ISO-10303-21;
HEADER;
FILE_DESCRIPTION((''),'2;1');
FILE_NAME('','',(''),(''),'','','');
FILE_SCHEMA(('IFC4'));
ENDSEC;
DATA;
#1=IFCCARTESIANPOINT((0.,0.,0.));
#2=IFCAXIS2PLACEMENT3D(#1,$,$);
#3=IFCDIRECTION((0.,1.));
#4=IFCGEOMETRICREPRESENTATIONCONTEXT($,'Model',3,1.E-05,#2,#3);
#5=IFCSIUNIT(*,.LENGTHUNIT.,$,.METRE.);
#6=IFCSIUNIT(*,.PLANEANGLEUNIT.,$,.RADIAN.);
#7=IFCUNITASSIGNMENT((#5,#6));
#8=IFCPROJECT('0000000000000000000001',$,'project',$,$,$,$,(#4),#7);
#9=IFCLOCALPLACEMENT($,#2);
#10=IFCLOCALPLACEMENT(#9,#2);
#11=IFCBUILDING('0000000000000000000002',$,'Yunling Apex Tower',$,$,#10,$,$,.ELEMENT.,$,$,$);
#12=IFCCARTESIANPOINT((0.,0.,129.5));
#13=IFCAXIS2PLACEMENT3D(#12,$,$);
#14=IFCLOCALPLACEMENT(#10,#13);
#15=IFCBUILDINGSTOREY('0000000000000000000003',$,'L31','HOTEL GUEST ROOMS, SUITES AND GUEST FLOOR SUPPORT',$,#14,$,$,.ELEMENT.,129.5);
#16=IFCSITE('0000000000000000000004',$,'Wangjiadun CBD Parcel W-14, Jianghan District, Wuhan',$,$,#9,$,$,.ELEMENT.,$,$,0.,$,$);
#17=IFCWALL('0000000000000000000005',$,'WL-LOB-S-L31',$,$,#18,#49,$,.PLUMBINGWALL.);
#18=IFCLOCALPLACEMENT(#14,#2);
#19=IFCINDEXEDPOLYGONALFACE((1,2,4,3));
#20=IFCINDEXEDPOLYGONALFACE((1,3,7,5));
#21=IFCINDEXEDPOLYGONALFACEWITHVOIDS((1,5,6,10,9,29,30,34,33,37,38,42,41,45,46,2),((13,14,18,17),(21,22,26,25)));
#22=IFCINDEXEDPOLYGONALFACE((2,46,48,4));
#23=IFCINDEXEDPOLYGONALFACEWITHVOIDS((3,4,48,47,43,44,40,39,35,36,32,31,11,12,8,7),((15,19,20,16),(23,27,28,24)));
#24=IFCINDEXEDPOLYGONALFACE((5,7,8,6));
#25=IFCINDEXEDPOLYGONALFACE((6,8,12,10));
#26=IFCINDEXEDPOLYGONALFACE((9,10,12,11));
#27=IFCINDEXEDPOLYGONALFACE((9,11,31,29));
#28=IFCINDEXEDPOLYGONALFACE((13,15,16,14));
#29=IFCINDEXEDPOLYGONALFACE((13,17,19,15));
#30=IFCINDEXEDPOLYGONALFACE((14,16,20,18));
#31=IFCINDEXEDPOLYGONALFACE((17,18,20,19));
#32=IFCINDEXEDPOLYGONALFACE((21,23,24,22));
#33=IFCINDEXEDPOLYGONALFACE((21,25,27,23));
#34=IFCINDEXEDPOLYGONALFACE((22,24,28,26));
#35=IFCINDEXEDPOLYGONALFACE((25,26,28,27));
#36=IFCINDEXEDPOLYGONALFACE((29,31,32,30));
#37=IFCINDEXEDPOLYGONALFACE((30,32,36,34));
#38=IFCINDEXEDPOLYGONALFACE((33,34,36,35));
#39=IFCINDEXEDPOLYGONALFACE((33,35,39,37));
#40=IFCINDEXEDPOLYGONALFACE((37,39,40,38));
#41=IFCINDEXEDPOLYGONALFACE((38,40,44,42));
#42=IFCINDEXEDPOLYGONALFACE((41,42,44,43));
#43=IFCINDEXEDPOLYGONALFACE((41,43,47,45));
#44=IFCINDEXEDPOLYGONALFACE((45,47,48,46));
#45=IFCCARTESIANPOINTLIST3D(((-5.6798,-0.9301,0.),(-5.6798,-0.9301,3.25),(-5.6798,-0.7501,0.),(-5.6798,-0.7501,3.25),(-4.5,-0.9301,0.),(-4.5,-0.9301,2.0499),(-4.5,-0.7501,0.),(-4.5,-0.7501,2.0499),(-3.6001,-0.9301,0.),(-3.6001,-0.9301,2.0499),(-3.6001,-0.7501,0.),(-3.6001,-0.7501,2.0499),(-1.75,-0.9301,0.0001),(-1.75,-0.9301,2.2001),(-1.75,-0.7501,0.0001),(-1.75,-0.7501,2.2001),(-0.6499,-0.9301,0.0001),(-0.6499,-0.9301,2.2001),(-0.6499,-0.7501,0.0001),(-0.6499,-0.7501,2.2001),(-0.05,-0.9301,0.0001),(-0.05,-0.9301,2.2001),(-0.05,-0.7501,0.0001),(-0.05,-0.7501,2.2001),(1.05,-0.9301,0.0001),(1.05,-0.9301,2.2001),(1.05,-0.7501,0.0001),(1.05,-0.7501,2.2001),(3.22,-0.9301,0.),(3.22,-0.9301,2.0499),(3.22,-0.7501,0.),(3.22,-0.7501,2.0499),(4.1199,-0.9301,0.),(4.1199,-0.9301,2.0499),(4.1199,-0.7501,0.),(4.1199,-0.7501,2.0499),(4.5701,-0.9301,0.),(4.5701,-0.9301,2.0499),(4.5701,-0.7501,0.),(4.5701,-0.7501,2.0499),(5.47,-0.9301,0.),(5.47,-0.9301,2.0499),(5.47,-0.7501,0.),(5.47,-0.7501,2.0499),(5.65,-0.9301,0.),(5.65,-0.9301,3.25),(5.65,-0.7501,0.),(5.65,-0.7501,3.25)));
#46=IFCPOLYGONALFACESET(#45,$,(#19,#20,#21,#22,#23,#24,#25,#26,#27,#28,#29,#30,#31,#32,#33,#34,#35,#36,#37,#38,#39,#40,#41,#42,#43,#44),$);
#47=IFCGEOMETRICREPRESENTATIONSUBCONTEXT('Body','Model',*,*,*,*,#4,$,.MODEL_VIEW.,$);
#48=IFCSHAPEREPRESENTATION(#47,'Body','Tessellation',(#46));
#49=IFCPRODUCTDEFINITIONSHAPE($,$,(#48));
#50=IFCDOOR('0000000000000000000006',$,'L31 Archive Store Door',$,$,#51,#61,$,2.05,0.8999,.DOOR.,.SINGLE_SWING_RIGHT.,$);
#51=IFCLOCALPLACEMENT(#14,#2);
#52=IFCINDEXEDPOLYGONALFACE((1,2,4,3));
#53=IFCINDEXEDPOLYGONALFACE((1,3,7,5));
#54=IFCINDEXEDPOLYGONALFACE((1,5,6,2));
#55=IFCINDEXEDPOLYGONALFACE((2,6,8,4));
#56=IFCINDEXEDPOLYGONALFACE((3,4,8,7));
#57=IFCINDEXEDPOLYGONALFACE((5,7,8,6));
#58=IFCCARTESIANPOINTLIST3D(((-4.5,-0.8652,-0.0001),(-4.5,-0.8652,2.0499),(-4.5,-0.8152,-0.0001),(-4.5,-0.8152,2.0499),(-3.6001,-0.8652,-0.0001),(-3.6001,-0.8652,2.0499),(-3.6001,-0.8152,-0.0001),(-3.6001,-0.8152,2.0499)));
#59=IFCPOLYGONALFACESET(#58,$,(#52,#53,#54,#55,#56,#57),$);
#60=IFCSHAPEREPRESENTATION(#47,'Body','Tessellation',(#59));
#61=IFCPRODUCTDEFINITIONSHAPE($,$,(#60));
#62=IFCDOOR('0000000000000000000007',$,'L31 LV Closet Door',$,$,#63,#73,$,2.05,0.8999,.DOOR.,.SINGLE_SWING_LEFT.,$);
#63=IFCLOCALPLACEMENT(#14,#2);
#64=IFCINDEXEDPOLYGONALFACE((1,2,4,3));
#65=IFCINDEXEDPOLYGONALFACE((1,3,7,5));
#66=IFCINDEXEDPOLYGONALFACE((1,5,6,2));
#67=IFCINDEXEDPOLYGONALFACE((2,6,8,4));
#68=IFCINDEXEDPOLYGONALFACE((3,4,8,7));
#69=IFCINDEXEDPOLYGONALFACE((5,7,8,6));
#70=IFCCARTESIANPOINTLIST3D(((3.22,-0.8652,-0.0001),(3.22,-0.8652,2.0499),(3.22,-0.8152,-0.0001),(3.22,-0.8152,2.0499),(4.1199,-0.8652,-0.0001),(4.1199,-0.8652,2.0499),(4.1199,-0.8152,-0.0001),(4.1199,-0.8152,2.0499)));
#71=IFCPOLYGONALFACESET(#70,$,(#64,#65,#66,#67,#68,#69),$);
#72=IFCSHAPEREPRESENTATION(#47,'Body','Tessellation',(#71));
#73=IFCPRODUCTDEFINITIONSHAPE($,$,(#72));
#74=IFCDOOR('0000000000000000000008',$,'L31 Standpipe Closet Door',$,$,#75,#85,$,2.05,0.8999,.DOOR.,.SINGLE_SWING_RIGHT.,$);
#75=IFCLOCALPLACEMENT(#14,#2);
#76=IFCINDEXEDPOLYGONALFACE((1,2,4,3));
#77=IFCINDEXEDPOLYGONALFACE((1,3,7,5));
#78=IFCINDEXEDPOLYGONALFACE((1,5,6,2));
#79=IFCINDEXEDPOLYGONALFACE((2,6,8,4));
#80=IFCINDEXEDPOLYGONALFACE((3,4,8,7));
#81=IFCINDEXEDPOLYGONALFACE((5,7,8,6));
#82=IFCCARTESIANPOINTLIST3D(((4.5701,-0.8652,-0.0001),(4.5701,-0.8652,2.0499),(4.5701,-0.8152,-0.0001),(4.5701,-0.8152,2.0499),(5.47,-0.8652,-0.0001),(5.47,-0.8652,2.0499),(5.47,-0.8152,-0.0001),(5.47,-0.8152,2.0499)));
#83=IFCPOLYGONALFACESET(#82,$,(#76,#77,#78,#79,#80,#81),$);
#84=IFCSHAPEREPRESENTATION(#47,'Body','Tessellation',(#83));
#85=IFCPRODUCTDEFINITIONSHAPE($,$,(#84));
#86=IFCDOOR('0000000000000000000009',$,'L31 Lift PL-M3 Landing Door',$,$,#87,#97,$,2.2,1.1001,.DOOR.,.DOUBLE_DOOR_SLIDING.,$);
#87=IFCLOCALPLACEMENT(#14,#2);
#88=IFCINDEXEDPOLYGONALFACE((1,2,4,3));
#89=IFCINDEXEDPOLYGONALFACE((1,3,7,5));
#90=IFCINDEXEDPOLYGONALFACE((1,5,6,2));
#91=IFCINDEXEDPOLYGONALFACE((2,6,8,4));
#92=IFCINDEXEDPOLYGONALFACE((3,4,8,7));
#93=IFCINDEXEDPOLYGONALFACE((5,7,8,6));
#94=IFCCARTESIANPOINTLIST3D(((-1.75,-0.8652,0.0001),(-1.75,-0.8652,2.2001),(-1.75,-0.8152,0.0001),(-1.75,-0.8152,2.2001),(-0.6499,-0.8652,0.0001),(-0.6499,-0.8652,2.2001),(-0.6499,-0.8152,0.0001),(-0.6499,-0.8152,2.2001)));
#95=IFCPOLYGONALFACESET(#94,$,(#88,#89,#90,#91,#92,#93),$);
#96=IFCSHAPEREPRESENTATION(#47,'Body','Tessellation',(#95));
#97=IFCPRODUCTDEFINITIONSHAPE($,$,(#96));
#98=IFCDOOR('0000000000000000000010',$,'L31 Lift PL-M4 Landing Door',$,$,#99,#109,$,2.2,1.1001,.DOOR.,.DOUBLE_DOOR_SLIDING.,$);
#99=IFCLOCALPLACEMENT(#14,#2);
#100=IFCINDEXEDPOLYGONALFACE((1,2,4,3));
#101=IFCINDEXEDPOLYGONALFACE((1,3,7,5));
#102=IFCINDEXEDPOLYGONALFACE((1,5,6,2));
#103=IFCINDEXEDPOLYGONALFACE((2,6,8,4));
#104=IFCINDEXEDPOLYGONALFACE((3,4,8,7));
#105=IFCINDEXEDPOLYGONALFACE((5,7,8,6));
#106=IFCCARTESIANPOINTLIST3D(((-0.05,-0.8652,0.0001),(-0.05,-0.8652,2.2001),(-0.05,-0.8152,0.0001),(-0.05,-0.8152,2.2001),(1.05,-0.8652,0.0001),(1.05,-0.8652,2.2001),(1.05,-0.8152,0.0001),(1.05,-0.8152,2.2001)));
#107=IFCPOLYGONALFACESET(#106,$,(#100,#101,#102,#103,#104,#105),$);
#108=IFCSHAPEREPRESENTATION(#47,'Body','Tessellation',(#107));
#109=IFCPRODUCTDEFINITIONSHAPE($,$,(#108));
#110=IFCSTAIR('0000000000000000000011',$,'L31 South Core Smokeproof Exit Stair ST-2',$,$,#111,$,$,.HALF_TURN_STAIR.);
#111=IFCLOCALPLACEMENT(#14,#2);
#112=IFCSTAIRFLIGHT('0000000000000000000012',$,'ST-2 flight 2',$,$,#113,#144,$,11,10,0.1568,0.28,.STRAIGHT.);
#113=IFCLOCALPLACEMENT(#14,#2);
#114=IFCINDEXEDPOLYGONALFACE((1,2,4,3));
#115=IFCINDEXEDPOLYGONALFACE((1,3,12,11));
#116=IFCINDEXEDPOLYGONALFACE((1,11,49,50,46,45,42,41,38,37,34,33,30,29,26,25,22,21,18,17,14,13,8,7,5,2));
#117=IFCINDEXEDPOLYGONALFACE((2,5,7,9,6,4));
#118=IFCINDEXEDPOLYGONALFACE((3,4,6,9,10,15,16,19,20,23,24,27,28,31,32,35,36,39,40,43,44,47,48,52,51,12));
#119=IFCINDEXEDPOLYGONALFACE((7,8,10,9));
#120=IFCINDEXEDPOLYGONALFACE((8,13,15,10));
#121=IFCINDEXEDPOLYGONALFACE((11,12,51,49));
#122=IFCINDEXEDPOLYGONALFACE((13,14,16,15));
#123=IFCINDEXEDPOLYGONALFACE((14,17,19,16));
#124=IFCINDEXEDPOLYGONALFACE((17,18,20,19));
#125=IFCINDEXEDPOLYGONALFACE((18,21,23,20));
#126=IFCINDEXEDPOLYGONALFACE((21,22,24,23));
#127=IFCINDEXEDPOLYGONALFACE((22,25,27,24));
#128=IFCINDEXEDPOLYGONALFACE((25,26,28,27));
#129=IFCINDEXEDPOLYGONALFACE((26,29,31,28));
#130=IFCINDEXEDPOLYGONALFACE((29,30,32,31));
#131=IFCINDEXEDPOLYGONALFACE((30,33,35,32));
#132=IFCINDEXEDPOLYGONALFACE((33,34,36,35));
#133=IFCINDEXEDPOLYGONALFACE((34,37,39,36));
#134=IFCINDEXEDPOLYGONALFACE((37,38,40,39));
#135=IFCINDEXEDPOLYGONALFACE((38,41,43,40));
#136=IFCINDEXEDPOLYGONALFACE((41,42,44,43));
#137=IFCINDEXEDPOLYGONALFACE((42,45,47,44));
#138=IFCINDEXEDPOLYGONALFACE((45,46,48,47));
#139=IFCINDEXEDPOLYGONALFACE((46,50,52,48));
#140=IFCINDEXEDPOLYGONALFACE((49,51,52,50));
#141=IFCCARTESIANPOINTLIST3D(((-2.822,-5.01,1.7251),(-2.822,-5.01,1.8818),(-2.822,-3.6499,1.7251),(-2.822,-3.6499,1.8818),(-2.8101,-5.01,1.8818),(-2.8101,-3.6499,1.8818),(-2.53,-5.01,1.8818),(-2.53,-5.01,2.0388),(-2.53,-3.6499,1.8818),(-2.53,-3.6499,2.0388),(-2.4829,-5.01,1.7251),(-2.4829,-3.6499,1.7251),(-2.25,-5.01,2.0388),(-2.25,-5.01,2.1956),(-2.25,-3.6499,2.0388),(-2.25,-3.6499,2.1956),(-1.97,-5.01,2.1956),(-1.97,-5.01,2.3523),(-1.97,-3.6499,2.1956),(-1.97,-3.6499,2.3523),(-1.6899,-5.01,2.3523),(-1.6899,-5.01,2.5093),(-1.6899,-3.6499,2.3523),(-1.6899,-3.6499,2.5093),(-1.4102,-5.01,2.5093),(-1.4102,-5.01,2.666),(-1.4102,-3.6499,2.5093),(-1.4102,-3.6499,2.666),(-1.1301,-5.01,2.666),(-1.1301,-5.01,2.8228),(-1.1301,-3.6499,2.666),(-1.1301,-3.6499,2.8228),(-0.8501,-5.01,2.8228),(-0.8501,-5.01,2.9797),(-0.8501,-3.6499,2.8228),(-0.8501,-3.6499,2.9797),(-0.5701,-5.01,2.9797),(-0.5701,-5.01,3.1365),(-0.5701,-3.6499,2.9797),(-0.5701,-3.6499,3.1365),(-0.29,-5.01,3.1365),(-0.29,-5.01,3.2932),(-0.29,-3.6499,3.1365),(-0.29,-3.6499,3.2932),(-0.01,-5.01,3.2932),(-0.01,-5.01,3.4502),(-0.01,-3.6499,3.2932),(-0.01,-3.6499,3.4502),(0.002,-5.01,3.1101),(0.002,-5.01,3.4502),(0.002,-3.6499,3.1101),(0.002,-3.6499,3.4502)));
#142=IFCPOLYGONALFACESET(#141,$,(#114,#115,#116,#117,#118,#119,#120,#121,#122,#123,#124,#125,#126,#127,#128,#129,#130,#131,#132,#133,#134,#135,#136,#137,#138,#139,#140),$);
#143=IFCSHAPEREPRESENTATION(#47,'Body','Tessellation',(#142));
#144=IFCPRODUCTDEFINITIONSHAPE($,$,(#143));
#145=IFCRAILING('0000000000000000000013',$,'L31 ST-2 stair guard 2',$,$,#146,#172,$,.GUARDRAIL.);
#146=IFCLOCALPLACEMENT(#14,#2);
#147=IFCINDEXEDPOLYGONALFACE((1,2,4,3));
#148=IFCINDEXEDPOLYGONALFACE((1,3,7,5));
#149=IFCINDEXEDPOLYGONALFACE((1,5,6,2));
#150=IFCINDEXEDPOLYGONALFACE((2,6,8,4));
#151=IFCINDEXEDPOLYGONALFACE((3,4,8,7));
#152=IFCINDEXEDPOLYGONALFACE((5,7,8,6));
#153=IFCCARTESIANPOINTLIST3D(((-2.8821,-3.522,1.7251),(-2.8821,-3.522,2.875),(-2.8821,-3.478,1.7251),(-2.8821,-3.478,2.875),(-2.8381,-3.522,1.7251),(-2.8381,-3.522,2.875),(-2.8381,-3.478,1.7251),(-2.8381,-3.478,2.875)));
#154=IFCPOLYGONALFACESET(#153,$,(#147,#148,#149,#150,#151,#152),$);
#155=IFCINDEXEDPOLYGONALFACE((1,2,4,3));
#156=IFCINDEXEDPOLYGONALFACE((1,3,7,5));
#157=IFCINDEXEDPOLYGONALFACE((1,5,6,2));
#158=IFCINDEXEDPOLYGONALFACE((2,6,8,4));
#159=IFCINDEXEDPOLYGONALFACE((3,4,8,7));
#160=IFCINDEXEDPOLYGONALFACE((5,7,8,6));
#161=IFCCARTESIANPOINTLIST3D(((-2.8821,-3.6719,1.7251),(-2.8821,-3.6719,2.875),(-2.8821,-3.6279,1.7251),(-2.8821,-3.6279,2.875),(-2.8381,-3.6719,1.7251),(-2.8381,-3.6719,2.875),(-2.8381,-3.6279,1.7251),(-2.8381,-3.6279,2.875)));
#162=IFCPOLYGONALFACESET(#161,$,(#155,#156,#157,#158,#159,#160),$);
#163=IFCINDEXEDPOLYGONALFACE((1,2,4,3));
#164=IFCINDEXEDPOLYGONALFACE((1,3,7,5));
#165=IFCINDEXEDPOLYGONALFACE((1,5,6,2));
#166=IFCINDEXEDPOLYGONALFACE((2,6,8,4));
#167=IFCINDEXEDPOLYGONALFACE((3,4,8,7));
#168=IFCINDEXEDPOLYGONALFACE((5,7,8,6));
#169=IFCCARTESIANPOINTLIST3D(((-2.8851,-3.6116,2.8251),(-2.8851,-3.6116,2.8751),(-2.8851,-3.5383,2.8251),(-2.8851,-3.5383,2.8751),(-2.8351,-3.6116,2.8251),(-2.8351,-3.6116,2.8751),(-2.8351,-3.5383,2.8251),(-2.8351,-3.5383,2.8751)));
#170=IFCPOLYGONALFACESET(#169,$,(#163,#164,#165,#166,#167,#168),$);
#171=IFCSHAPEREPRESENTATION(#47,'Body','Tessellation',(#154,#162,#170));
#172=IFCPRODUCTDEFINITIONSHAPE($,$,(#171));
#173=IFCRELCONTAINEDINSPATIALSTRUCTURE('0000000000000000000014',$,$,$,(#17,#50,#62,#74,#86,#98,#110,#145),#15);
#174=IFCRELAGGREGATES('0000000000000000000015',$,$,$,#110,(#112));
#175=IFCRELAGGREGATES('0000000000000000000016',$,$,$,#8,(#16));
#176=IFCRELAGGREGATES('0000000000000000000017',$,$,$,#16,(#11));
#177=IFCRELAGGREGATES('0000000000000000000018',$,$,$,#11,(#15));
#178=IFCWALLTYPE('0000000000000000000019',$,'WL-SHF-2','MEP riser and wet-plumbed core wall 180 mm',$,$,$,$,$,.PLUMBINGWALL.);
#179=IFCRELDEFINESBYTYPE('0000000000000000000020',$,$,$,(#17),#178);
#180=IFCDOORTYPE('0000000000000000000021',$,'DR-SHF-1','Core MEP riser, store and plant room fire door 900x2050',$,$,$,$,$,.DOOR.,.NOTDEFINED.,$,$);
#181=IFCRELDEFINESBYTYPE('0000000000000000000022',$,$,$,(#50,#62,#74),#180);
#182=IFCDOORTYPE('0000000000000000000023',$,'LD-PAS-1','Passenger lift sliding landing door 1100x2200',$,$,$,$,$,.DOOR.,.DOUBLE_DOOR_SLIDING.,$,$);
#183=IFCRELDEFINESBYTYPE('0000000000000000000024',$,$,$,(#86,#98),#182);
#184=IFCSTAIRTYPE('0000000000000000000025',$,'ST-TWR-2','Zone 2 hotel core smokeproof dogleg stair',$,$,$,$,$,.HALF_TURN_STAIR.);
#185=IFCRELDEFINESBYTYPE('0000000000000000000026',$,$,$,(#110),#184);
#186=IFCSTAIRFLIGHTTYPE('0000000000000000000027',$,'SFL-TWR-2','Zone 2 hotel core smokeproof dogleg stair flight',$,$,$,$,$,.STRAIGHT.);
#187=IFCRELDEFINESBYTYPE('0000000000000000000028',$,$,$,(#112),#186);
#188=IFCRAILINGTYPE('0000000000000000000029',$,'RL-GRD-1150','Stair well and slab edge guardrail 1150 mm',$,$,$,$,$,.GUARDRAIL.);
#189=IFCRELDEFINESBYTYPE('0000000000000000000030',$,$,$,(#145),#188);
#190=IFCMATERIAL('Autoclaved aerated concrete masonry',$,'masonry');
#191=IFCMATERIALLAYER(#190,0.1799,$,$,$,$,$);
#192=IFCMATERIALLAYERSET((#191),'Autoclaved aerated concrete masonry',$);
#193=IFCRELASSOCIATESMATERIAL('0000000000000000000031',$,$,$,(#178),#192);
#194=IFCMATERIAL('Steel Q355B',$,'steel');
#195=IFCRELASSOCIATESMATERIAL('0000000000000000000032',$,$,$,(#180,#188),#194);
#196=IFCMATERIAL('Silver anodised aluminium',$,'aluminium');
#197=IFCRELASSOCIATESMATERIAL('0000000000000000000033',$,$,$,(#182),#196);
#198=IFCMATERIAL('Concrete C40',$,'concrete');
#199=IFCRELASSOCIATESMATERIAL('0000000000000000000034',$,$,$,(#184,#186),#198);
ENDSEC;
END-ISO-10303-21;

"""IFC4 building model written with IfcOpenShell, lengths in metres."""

from ifc_helpers import new_model, si_unit, direction, frame, frame_2d, origin, origin_2d, place, context, subcontext, project, spatial, polyline, rectangle, outline, extrude, material, layer, layer_set, type_object, element, fill, aggregate, save


model = new_model("IFC4")

# Units and contexts
model_context = context("Model", 3, precision=1e-05, world=origin(), true_north=direction((0.0, 1.0)))
body_context = subcontext(model_context, "Body", "Model", "MODEL_VIEW")
ifc_project = project(units=[si_unit("LENGTHUNIT", "METRE"), si_unit("PLANEANGLEUNIT", "RADIAN")], contexts=[model_context])

# Site, building, storey
site_placement = place(None, origin())
site = spatial("IfcSite", under=ifc_project, at=site_placement, Name="Wangjiadun CBD Parcel W-14, Jianghan District, Wuhan", CompositionType="ELEMENT", RefElevation=0.0)
building_placement = place(site_placement, origin())
building = spatial("IfcBuilding", under=site, at=building_placement, Name="Yunling Apex Tower", CompositionType="ELEMENT")
storey_placement = place(building_placement, frame((0.0, 0.0, 129.5)))
storey = spatial("IfcBuildingStorey", under=building, at=storey_placement, Name="L31", Description="HOTEL GUEST ROOMS, SUITES AND GUEST FLOOR SUPPORT", CompositionType="ELEMENT", Elevation=129.5)

# Shared definitions
ifc_material_1 = material(Name="Steel Q355B", Category="steel")

# Shared definitions
ifc_material_2 = material(Name="Concrete C40", Category="concrete")

# Shared definitions
ifc_material_3 = material(Name="Autoclaved aerated concrete masonry", Category="masonry")

# Shared definitions
ifc_layer_1 = layer(ifc_material_3, 0.1799)
ifc_layer_set_1 = layer_set([ifc_layer_1], Name="Autoclaved aerated concrete masonry")
wall_type_1 = type_object("IfcWallType", Name="WL-SHF-2", Description="MEP riser and wet-plumbed core wall 180 mm", PredefinedType="PLUMBINGWALL", material=ifc_layer_set_1)

# Wall, openings, doors
wall_1_placement = place(storey_placement, frame((-5.6799, -0.8401, 0.0), z_axis=(0.0, 0.0, 1.0), x_axis=(1.0, 0.0, 0.0)))
wall_1 = element("IfcWall", 1, at=wall_1_placement, inside=storey, type_object=wall_type_1, Name="WL-LOB-S-L31", PredefinedType="PLUMBINGWALL", context=body_context, shape_type="SweptSolid", body=[
    extrude(rectangle(XDim=11.3298, YDim=0.1799, at=frame_2d((5.665, 0.0))), origin(), (0.0, 0.0, 1.0), 3.25),
])
opening_1_placement = place(wall_1_placement, frame((1.1799, 0.0, 0.0)))
opening_1 = element("IfcOpeningElement", 2, at=opening_1_placement, cuts=wall_1, PredefinedType="OPENING", context=body_context, shape_type="SweptSolid", body=[
    extrude(rectangle(XDim=0.8999, YDim=2.05, at=frame_2d((0.45, 1.0249))), frame((0.0, 0.1001, 0.0), z_axis=(0.0, -1.0, 0.0), x_axis=(1.0, 0.0, 0.0)), (0.0, 0.0, 1.0), 0.2),
])
opening_2_placement = place(wall_1_placement, frame((3.9299, 0.0, 0.0)))
opening_2 = element("IfcOpeningElement", 3, at=opening_2_placement, cuts=wall_1, PredefinedType="OPENING", context=body_context, shape_type="SweptSolid", body=[
    extrude(rectangle(XDim=1.1001, YDim=2.2, at=frame_2d((0.55, 1.1001))), frame((0.0, 0.1001, 0.0), z_axis=(0.0, -1.0, 0.0), x_axis=(1.0, 0.0, 0.0)), (0.0, 0.0, 1.0), 0.2),
])
opening_3_placement = place(wall_1_placement, frame((5.6299, 0.0, 0.0)))
opening_3 = element("IfcOpeningElement", 4, at=opening_3_placement, cuts=wall_1, PredefinedType="OPENING", context=body_context, shape_type="SweptSolid", body=[
    extrude(rectangle(XDim=1.1001, YDim=2.2, at=frame_2d((0.55, 1.1001))), frame((0.0, 0.1001, 0.0), z_axis=(0.0, -1.0, 0.0), x_axis=(1.0, 0.0, 0.0)), (0.0, 0.0, 1.0), 0.2),
])
opening_4_placement = place(wall_1_placement, frame((8.8999, 0.0, 0.0)))
opening_4 = element("IfcOpeningElement", 5, at=opening_4_placement, cuts=wall_1, PredefinedType="OPENING", context=body_context, shape_type="SweptSolid", body=[
    extrude(rectangle(XDim=0.8999, YDim=2.05, at=frame_2d((0.45, 1.0249))), frame((0.0, 0.1001, 0.0), z_axis=(0.0, -1.0, 0.0), x_axis=(1.0, 0.0, 0.0)), (0.0, 0.0, 1.0), 0.2),
])
opening_5_placement = place(wall_1_placement, frame((10.25, 0.0, 0.0)))
opening_5 = element("IfcOpeningElement", 6, at=opening_5_placement, cuts=wall_1, PredefinedType="OPENING", context=body_context, shape_type="SweptSolid", body=[
    extrude(rectangle(XDim=0.8999, YDim=2.05, at=frame_2d((0.45, 1.0249))), frame((0.0, 0.1001, 0.0), z_axis=(0.0, -1.0, 0.0), x_axis=(1.0, 0.0, 0.0)), (0.0, 0.0, 1.0), 0.2),
])
door_type_1 = type_object("IfcDoorType", Name="DR-SHF-1", Description="Core MEP riser, store and plant room fire door 900x2050", OperationType="NOTDEFINED", PredefinedType="DOOR", material=ifc_material_1)
door_1_placement = place(opening_1_placement, origin())
door_1 = element("IfcDoor", 7, at=door_1_placement, inside=storey, type_object=door_type_1, Name="L31 Archive Store Door", OperationType="SINGLE_SWING_RIGHT", OverallHeight=2.05, OverallWidth=0.8999, PredefinedType="DOOR", context=body_context, shape_type="SweptSolid", body=[
    extrude(rectangle(XDim=0.8999, YDim=2.05, at=frame_2d((0.45, 1.0249))), frame((0.0, 0.0249, 0.0), z_axis=(0.0, -1.0, 0.0), x_axis=(1.0, 0.0, 0.0)), (0.0, 0.0, 1.0), 0.05),
])
fill(opening_1, door_1)
door_2_placement = place(opening_4_placement, origin())
door_2 = element("IfcDoor", 8, at=door_2_placement, inside=storey, type_object=door_type_1, Name="L31 LV Closet Door", OperationType="SINGLE_SWING_LEFT", OverallHeight=2.05, OverallWidth=0.8999, PredefinedType="DOOR", context=body_context, shape_type="SweptSolid", body=[
    extrude(rectangle(XDim=0.8999, YDim=2.05, at=frame_2d((0.45, 1.0249))), frame((0.0, 0.0249, 0.0), z_axis=(0.0, -1.0, 0.0), x_axis=(1.0, 0.0, 0.0)), (0.0, 0.0, 1.0), 0.05),
])
fill(opening_4, door_2)
door_3_placement = place(opening_5_placement, origin())
door_3 = element("IfcDoor", 9, at=door_3_placement, inside=storey, type_object=door_type_1, Name="L31 Standpipe Closet Door", OperationType="SINGLE_SWING_RIGHT", OverallHeight=2.05, OverallWidth=0.8999, PredefinedType="DOOR", context=body_context, shape_type="SweptSolid", body=[
    extrude(rectangle(XDim=0.8999, YDim=2.05, at=frame_2d((0.45, 1.0249))), frame((0.0, 0.0249, 0.0), z_axis=(0.0, -1.0, 0.0), x_axis=(1.0, 0.0, 0.0)), (0.0, 0.0, 1.0), 0.05),
])
fill(opening_5, door_3)
ifc_material_4 = material(Name="Silver anodised aluminium", Category="aluminium")
door_type_2 = type_object("IfcDoorType", Name="LD-PAS-1", Description="Passenger lift sliding landing door 1100x2200", OperationType="DOUBLE_DOOR_SLIDING", PredefinedType="DOOR", material=ifc_material_4)
door_4_placement = place(opening_2_placement, origin())
door_4 = element("IfcDoor", 10, at=door_4_placement, inside=storey, type_object=door_type_2, Name="L31 Lift PL-M3 Landing Door", OperationType="DOUBLE_DOOR_SLIDING", OverallHeight=2.2, OverallWidth=1.1001, PredefinedType="DOOR", context=body_context, shape_type="SweptSolid", body=[
    extrude(rectangle(XDim=1.1001, YDim=2.2, at=frame_2d((0.55, 1.1001))), frame((0.0, 0.0249, 0.0), z_axis=(0.0, -1.0, 0.0), x_axis=(1.0, 0.0, 0.0)), (0.0, 0.0, 1.0), 0.05),
])
fill(opening_2, door_4)
door_5_placement = place(opening_3_placement, origin())
door_5 = element("IfcDoor", 11, at=door_5_placement, inside=storey, type_object=door_type_2, Name="L31 Lift PL-M4 Landing Door", OperationType="DOUBLE_DOOR_SLIDING", OverallHeight=2.2, OverallWidth=1.1001, PredefinedType="DOOR", context=body_context, shape_type="SweptSolid", body=[
    extrude(rectangle(XDim=1.1001, YDim=2.2, at=frame_2d((0.55, 1.1001))), frame((0.0, 0.0249, 0.0), z_axis=(0.0, -1.0, 0.0), x_axis=(1.0, 0.0, 0.0)), (0.0, 0.0, 1.0), 0.05),
])
fill(opening_3, door_5)

# Stair, stair flight
stair_type = type_object("IfcStairType", Name="ST-TWR-2", Description="Zone 2 hotel core smokeproof dogleg stair", PredefinedType="HALF_TURN_STAIR", material=ifc_material_2)
stair_placement = place(storey_placement, origin())
stair = element("IfcStair", 12, at=stair_placement, inside=storey, type_object=stair_type, Name="L31 South Core Smokeproof Exit Stair ST-2", PredefinedType="HALF_TURN_STAIR")
stair_flight_type = type_object("IfcStairFlightType", Name="SFL-TWR-2", Description="Zone 2 hotel core smokeproof dogleg stair flight", PredefinedType="STRAIGHT", material=ifc_material_2)
stair_flight_placement = place(storey_placement, frame((-2.8101, -4.3301, 1.7251), z_axis=(0.0, 0.0, 1.0), x_axis=(1.0, 0.0, 0.0)))
stair_flight = element("IfcStairFlight", 13, at=stair_flight_placement, type_object=stair_flight_type, Name="ST-2 flight 2", NumberOfRisers=11, NumberOfTreads=10, PredefinedType="STRAIGHT", RiserHeight=0.1568, TreadLength=0.28, context=body_context, shape_type="SweptSolid", body=[
    extrude(outline(polyline([(-0.012, 0.0), (-0.012, 0.1567), (0.0, 0.1567), (0.28, 0.1567), (0.28, 0.3137), (0.5601, 0.3137), (0.5601, 0.4705), (0.8401, 0.4705), (0.8401, 0.6272), (1.1201, 0.6272), (1.1201, 0.7842), (1.3999, 0.7842), (1.3999, 0.9409), (1.6799, 0.9409), (1.6799, 1.0977), (1.96, 1.0977), (1.96, 1.2546), (2.24, 1.2546), (2.24, 1.4114), (2.52, 1.4114), (2.52, 1.5681), (2.8, 1.5681), (2.8, 1.7251), (2.812, 1.7251), (2.812, 1.385), (0.3271, 0.0), (-0.012, 0.0)])), frame((0.0, 0.6802, 0.0), z_axis=(0.0, -1.0, 0.0), x_axis=(1.0, 0.0, 0.0)), (0.0, 0.0, 1.0), 1.3601),
])
aggregate(stair, [stair_flight])

# Railing
railing_type_1 = type_object("IfcRailingType", Name="RL-GRD-1150", Description="Stair well and slab edge guardrail 1150 mm", PredefinedType="GUARDRAIL", material=ifc_material_1)
railing_1_placement = place(storey_placement, frame((-2.8601, -3.5, 1.7251)))
element("IfcRailing", 14, at=railing_1_placement, inside=storey, type_object=railing_type_1, Name="L31 ST-2 stair guard 2", PredefinedType="GUARDRAIL", context=body_context, shape_type="SweptSolid", body=[
    extrude(rectangle(XDim=0.0439, YDim=0.0439, at=origin_2d()), origin(), (0.0, 0.0, 1.0), 1.1499),
    extrude(rectangle(XDim=0.0439, YDim=0.0439, at=origin_2d()), frame((0.0, -0.1499, 0.0)), (0.0, 0.0, 1.0), 1.1499),
    extrude(rectangle(XDim=0.05, YDim=0.05, at=origin_2d()), frame((0.0, -0.0383, 1.125), z_axis=(0.0, -1.0, 0.0), x_axis=(1.0, 0.0, 0.0)), (0.0, 0.0, 1.0), 0.0732),
])

save(model, "model.ifc")
